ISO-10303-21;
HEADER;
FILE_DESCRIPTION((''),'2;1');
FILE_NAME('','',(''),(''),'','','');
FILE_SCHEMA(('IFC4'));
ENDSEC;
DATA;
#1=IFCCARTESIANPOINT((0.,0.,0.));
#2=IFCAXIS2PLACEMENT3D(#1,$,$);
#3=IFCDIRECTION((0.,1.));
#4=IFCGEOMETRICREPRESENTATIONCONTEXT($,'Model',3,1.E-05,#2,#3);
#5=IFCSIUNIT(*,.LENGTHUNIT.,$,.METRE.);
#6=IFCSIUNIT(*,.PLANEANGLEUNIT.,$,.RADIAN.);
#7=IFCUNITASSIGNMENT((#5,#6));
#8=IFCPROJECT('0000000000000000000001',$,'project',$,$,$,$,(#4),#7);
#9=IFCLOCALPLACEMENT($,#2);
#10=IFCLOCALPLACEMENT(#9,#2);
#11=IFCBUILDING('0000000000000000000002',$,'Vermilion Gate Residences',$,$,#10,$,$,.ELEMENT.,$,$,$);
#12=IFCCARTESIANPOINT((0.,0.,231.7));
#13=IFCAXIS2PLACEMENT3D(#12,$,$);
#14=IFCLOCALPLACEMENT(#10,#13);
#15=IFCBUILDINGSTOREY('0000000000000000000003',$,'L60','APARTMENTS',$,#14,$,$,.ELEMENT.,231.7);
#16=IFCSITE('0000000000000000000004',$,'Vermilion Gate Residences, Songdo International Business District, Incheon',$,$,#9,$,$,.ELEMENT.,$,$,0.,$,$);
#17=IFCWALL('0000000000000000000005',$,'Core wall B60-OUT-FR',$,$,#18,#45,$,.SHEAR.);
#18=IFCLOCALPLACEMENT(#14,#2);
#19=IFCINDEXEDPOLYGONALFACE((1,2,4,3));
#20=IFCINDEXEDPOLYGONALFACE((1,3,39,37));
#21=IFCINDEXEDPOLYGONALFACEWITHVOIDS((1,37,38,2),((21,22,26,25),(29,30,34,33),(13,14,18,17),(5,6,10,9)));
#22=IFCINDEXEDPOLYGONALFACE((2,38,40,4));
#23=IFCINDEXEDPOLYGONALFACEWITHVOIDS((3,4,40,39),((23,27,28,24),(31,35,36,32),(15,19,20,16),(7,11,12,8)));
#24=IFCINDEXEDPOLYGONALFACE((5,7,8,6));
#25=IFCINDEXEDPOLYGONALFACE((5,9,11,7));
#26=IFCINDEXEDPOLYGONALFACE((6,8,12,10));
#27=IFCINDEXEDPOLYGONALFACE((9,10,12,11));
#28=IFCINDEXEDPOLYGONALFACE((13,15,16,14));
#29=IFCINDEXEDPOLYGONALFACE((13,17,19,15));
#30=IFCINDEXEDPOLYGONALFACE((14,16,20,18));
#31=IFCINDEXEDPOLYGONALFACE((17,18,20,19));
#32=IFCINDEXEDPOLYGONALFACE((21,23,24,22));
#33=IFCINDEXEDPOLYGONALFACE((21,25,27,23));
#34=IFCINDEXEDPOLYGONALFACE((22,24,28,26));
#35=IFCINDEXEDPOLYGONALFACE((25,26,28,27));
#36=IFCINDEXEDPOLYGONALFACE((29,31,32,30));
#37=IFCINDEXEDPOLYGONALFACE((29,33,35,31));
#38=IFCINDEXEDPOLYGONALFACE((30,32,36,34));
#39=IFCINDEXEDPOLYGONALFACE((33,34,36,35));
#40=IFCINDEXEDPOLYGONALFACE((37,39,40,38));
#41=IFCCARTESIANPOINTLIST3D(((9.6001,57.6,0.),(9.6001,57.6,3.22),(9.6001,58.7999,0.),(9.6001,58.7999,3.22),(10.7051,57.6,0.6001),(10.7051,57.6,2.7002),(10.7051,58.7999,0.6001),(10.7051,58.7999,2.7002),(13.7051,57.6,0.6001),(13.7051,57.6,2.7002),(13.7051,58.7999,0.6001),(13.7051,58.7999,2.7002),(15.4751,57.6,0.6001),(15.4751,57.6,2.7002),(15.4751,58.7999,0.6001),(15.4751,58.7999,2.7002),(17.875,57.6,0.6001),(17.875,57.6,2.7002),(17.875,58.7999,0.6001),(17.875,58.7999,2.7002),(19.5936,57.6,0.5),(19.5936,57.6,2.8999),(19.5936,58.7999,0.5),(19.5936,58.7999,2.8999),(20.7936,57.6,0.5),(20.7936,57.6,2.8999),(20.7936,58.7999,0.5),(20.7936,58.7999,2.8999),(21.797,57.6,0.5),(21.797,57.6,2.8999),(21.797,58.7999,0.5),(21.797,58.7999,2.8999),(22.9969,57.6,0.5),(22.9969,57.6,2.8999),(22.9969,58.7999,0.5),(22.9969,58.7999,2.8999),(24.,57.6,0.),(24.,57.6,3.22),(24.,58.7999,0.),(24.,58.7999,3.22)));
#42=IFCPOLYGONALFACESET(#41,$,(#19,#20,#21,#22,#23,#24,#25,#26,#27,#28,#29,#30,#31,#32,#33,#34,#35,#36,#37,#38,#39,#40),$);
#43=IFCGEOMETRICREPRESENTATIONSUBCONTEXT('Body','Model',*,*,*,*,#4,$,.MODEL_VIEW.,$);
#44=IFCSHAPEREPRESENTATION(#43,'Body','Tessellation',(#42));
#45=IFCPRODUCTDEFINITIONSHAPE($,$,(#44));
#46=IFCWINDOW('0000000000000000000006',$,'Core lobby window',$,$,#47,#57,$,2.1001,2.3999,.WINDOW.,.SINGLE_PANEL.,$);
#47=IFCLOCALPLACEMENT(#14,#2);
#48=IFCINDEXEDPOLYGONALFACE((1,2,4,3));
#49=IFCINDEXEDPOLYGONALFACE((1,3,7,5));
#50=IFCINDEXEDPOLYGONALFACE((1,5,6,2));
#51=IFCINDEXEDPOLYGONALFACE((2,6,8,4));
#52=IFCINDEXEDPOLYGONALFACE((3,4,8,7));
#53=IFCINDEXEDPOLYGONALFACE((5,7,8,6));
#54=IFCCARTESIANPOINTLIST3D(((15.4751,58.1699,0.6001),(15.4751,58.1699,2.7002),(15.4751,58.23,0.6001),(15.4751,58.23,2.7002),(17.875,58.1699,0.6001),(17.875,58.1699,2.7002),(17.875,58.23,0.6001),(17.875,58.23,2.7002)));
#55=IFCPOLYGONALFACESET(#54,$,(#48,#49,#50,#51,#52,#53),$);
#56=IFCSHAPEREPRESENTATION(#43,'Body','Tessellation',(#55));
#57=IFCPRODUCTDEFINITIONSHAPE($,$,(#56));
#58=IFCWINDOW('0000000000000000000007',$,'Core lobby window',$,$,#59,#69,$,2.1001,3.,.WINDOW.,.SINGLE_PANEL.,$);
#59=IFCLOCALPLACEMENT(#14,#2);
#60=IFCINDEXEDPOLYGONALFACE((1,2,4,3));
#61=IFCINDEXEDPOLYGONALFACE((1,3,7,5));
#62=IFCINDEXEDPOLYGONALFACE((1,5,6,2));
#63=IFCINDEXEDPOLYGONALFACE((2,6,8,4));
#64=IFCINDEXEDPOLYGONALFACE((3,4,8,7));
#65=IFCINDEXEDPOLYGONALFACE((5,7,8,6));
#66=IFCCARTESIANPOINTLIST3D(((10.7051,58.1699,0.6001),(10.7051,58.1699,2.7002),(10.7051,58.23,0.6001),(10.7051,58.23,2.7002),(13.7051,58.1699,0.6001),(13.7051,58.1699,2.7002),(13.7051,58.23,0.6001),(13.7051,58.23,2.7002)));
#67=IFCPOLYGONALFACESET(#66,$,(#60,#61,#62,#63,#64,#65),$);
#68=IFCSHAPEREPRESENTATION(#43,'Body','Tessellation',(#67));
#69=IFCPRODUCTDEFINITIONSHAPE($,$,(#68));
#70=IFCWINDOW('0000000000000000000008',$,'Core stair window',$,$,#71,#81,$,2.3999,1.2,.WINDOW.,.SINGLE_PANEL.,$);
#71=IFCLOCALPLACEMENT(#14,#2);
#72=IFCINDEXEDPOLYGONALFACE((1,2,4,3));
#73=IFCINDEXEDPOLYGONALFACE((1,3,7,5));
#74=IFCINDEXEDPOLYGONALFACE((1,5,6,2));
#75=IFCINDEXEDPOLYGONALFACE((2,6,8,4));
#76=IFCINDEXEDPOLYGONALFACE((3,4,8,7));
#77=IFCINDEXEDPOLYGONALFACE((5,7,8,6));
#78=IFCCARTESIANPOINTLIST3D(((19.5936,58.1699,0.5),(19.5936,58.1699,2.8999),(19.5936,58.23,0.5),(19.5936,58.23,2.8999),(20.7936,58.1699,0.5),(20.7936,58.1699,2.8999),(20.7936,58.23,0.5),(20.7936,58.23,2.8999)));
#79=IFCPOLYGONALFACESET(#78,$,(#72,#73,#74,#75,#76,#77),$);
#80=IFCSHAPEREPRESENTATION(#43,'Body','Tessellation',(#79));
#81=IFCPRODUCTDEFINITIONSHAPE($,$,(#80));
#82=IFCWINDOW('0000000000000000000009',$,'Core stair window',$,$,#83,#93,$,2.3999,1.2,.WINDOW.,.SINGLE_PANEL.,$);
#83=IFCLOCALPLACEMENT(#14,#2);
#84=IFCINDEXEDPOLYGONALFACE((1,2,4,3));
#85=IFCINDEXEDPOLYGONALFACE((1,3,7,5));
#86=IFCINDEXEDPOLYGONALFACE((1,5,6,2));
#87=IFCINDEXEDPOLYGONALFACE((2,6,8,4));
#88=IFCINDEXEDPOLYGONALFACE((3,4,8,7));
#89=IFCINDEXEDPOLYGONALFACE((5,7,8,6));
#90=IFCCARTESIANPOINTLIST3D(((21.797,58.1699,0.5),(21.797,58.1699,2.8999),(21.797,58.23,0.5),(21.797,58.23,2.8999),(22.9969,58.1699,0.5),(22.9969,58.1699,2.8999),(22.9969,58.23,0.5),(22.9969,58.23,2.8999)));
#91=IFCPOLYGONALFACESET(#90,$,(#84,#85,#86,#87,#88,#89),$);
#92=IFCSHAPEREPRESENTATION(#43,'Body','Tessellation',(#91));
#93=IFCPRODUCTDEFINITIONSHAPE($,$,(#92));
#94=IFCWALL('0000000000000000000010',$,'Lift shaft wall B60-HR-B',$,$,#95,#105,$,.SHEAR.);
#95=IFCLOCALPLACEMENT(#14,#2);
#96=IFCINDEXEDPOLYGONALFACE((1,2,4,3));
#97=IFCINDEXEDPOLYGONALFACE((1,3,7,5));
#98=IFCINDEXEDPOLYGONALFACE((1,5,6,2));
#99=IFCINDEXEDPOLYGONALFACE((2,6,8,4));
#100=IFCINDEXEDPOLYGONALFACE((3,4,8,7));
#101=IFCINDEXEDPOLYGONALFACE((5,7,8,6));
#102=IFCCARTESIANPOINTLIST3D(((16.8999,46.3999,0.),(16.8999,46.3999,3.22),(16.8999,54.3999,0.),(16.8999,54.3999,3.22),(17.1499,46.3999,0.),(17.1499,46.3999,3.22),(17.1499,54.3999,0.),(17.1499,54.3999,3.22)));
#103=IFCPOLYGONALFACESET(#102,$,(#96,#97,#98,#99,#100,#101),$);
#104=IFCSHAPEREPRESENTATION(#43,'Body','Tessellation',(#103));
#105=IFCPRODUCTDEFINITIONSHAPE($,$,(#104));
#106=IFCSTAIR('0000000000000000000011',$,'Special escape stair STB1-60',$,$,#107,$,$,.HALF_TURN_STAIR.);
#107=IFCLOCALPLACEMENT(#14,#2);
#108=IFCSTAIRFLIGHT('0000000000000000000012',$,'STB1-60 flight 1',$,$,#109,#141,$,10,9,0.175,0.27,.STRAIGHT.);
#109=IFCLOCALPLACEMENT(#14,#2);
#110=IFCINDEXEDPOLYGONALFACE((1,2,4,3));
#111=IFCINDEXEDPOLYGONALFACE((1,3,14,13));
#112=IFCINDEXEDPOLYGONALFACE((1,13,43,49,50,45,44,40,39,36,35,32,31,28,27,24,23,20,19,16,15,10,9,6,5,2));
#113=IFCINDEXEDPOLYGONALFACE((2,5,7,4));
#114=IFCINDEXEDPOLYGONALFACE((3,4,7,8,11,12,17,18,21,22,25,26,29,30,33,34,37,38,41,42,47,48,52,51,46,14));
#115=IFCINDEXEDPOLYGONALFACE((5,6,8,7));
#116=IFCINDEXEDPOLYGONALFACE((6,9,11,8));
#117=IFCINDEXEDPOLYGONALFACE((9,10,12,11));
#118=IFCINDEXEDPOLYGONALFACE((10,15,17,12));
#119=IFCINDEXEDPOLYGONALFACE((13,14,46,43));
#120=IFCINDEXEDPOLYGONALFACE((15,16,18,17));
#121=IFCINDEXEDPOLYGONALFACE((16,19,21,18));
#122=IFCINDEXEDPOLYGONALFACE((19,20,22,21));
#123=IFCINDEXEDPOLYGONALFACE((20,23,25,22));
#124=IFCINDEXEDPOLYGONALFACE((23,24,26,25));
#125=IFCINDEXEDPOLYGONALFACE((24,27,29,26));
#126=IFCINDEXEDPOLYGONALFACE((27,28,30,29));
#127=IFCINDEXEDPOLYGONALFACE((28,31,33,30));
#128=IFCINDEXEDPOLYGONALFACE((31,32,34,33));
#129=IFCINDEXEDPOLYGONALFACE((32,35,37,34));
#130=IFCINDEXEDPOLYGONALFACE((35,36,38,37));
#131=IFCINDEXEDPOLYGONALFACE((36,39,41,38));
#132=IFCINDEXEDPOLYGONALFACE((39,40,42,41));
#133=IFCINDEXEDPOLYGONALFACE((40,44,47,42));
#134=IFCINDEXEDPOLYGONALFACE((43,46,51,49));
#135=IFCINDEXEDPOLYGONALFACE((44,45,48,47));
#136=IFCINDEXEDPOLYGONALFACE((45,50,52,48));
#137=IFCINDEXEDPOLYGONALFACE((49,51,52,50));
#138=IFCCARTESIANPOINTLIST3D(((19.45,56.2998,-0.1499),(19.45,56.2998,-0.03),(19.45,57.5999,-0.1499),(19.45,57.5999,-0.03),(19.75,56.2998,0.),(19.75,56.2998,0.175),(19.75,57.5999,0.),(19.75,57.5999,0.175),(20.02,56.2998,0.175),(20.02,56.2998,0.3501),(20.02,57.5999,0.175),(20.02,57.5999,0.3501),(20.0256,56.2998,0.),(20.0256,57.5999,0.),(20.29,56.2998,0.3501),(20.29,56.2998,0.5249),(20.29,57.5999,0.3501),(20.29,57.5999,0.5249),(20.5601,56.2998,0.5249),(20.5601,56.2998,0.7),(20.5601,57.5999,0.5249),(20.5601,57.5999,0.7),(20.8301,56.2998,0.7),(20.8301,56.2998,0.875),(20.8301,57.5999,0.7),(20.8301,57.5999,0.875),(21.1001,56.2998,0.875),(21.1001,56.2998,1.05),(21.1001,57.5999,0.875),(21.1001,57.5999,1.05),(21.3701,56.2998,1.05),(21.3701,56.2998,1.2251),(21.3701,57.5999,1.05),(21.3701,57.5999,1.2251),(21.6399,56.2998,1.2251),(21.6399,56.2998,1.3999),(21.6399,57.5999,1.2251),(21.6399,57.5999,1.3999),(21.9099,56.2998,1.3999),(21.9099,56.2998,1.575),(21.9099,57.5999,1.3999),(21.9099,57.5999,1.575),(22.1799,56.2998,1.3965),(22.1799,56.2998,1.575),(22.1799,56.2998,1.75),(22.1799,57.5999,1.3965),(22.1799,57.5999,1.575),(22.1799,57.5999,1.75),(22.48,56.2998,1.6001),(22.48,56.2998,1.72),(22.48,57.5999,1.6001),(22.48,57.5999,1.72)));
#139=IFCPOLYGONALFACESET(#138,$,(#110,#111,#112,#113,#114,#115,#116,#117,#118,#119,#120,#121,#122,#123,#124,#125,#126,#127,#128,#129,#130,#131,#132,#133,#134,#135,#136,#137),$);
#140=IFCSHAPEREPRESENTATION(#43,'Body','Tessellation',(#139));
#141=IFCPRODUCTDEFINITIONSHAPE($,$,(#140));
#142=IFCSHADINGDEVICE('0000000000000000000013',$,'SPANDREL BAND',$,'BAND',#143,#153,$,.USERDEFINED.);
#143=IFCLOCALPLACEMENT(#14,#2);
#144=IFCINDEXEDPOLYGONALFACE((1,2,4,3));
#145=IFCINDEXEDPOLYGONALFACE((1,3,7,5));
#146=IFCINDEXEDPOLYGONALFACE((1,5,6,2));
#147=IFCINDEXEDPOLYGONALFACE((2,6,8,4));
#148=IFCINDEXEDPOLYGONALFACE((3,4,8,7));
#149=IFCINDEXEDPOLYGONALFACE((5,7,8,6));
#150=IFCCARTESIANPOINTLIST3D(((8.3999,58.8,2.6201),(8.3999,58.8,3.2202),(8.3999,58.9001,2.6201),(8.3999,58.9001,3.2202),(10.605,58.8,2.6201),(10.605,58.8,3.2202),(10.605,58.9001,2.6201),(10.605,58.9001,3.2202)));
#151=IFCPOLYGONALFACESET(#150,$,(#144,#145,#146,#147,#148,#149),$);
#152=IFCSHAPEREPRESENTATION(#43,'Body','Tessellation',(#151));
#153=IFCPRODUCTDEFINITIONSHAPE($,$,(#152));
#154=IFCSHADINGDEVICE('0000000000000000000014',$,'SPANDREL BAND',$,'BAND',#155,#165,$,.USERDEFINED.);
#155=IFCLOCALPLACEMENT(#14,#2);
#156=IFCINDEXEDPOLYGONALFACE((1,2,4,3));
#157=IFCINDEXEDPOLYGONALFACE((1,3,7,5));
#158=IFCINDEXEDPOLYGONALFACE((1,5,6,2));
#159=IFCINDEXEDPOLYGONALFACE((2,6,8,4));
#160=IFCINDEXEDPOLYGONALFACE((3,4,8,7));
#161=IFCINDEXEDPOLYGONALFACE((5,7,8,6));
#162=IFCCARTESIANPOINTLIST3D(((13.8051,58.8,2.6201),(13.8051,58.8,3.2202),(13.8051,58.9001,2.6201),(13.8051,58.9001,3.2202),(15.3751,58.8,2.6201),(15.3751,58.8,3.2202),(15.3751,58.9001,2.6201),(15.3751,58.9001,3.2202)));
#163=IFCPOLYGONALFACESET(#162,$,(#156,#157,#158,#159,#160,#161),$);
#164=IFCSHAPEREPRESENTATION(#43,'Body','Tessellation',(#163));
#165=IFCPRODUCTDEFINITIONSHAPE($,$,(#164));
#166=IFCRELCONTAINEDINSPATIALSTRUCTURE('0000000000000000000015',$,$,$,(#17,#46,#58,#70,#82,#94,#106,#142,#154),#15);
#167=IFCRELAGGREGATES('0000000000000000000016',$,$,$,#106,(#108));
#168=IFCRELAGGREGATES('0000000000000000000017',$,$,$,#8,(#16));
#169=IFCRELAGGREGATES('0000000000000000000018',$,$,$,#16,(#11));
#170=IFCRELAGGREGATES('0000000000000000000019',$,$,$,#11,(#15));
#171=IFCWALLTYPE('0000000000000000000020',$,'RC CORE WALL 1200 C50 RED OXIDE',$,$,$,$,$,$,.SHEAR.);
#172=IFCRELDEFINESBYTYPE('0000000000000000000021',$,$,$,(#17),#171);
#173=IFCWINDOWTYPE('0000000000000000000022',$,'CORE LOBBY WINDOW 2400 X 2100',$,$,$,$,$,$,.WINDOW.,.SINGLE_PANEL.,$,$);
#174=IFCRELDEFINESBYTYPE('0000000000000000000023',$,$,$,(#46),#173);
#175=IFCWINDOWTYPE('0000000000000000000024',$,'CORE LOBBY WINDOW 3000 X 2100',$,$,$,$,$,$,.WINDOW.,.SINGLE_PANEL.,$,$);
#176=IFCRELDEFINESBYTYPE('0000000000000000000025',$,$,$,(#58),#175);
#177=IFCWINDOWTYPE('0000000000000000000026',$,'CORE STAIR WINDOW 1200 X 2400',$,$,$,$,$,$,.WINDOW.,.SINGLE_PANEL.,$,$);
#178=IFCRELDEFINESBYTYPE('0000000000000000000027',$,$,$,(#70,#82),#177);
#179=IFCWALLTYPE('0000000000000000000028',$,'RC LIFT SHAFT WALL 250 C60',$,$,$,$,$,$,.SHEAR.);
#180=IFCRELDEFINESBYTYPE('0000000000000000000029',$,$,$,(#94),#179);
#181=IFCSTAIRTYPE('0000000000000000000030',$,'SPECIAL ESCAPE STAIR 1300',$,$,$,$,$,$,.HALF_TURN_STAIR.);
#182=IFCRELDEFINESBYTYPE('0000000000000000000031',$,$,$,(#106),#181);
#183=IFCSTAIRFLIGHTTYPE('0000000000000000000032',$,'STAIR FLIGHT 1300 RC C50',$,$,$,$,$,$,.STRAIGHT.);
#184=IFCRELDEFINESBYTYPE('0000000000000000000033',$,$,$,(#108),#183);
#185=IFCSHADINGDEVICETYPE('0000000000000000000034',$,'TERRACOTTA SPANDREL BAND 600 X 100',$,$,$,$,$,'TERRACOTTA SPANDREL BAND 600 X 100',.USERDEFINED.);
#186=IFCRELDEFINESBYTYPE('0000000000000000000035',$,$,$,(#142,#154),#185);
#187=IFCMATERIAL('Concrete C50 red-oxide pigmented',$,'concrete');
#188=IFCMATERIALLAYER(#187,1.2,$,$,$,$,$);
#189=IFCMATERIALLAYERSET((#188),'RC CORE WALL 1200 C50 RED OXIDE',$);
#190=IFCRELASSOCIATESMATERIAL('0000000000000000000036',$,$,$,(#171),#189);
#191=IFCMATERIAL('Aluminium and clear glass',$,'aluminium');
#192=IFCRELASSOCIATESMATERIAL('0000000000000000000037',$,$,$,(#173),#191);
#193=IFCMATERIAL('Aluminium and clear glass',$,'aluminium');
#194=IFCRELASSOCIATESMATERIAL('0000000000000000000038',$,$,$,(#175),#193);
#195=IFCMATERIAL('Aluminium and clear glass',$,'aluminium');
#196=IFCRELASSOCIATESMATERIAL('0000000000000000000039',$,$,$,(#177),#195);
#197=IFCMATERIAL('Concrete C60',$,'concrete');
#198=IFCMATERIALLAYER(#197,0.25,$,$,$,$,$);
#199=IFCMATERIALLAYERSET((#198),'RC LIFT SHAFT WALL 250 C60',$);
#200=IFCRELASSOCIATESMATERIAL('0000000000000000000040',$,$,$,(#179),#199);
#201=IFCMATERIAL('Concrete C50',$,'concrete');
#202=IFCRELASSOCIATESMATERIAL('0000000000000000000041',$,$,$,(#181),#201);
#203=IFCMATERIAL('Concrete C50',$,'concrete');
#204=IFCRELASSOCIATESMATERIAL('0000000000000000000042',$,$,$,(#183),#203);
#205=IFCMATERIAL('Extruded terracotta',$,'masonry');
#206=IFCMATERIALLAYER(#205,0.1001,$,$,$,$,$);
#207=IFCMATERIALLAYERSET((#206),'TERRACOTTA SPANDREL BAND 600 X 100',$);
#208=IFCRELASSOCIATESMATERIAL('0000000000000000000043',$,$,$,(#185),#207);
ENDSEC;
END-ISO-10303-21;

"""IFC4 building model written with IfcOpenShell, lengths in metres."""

from ifc_helpers import new_model, si_unit, direction, frame, frame_2d, origin, origin_2d, place, context, subcontext, project, spatial, polyline, rectangle, outline, extrude, material, layer, layer_set, type_object, element, fill, aggregate, save


model = new_model("IFC4")

# Units and contexts
model_context = context("Model", 3, precision=1e-05, world=origin(), true_north=direction((0.0, 1.0)))
body_context = subcontext(model_context, "Body", "Model", "MODEL_VIEW")
ifc_project = project(units=[si_unit("LENGTHUNIT", "METRE"), si_unit("PLANEANGLEUNIT", "RADIAN")], contexts=[model_context])

# Site, building, storey
site_placement = place(None, origin())
site = spatial("IfcSite", under=ifc_project, at=site_placement, Name="Vermilion Gate Residences, Songdo International Business District, Incheon", CompositionType="ELEMENT", RefElevation=0.0)
building_placement = place(site_placement, origin())
building = spatial("IfcBuilding", under=site, at=building_placement, Name="Vermilion Gate Residences", CompositionType="ELEMENT")
storey_placement = place(building_placement, frame((0.0, 0.0, 231.7)))
storey = spatial("IfcBuildingStorey", under=building, at=storey_placement, Name="L60", Description="APARTMENTS", CompositionType="ELEMENT", Elevation=231.7)

# Wall, openings, windows
ifc_material_1 = material(Name="Concrete C50 red-oxide pigmented", Category="concrete")
ifc_layer_1 = layer(ifc_material_1, 1.2)
ifc_layer_set_1 = layer_set([ifc_layer_1], Name="RC CORE WALL 1200 C50 RED OXIDE")
wall_type_1 = type_object("IfcWallType", Name="RC CORE WALL 1200 C50 RED OXIDE", PredefinedType="SHEAR", material=ifc_layer_set_1)
ifc_material_2 = material(Name="Aluminium and clear glass", Category="aluminium")
window_type_1 = type_object("IfcWindowType", Name="CORE LOBBY WINDOW 2400 X 2100", PartitioningType="SINGLE_PANEL", PredefinedType="WINDOW", material=ifc_material_2)
wall_1_placement = place(storey_placement, frame((9.6001, 58.2, 0.0), z_axis=(0.0, 0.0, 1.0), x_axis=(1.0, 0.0, 0.0)))
wall_1 = element("IfcWall", 1, at=wall_1_placement, inside=storey, type_object=wall_type_1, Name="Core wall B60-OUT-FR", PredefinedType="SHEAR", context=body_context, shape_type="SweptSolid", body=[
    extrude(rectangle(XDim=14.3999, YDim=1.2, at=frame_2d((7.2, 0.0))), origin(), (0.0, 0.0, 1.0), 3.22),
])
opening_1_placement = place(wall_1_placement, frame((1.105, 0.0, 0.6001)))
opening_1 = element("IfcOpeningElement", 2, at=opening_1_placement, cuts=wall_1, PredefinedType="OPENING", context=body_context, shape_type="SweptSolid", body=[
    extrude(rectangle(XDim=3.0, YDim=2.1001, at=frame_2d((1.5, 1.05))), frame((0.0, 0.6099, 0.0), z_axis=(0.0, -1.0, 0.0), x_axis=(1.0, 0.0, 0.0)), (0.0, 0.0, 1.0), 1.22),
])
opening_2_placement = place(wall_1_placement, frame((5.875, 0.0, 0.6001)))
opening_2 = element("IfcOpeningElement", 3, at=opening_2_placement, cuts=wall_1, PredefinedType="OPENING", context=body_context, shape_type="SweptSolid", body=[
    extrude(rectangle(XDim=2.3999, YDim=2.1001, at=frame_2d((1.2, 1.05))), frame((0.0, 0.6099, 0.0), z_axis=(0.0, -1.0, 0.0), x_axis=(1.0, 0.0, 0.0)), (0.0, 0.0, 1.0), 1.22),
])
opening_3_placement = place(wall_1_placement, frame((9.9934, 0.0, 0.5)))
opening_3 = element("IfcOpeningElement", 4, at=opening_3_placement, cuts=wall_1, PredefinedType="OPENING", context=body_context, shape_type="SweptSolid", body=[
    extrude(rectangle(XDim=1.2, YDim=2.3999, at=frame_2d((0.6001, 1.2))), frame((0.0, 0.6099, 0.0), z_axis=(0.0, -1.0, 0.0), x_axis=(1.0, 0.0, 0.0)), (0.0, 0.0, 1.0), 1.22),
])
opening_4_placement = place(wall_1_placement, frame((12.1968, 0.0, 0.5)))
opening_4 = element("IfcOpeningElement", 5, at=opening_4_placement, cuts=wall_1, PredefinedType="OPENING", context=body_context, shape_type="SweptSolid", body=[
    extrude(rectangle(XDim=1.2, YDim=2.3999, at=frame_2d((0.6001, 1.2))), frame((0.0, 0.6099, 0.0), z_axis=(0.0, -1.0, 0.0), x_axis=(1.0, 0.0, 0.0)), (0.0, 0.0, 1.0), 1.22),
])
window_1_placement = place(opening_2_placement, origin())
window_1 = element("IfcWindow", 6, at=window_1_placement, inside=storey, type_object=window_type_1, Name="Core lobby window", OverallHeight=2.1001, OverallWidth=2.3999, PartitioningType="SINGLE_PANEL", PredefinedType="WINDOW", context=body_context, shape_type="SweptSolid", body=[
    extrude(rectangle(XDim=2.3999, YDim=2.1001, at=frame_2d((1.2, 1.05))), frame((0.0, 0.03, 0.0), z_axis=(0.0, -1.0, 0.0), x_axis=(1.0, 0.0, 0.0)), (0.0, 0.0, 1.0), 0.0601),
])
fill(opening_2, window_1)
ifc_material_3 = material(Name="Aluminium and clear glass", Category="aluminium")
window_type_2 = type_object("IfcWindowType", Name="CORE LOBBY WINDOW 3000 X 2100", PartitioningType="SINGLE_PANEL", PredefinedType="WINDOW", material=ifc_material_3)
window_2_placement = place(opening_1_placement, origin())
window_2 = element("IfcWindow", 7, at=window_2_placement, inside=storey, type_object=window_type_2, Name="Core lobby window", OverallHeight=2.1001, OverallWidth=3.0, PartitioningType="SINGLE_PANEL", PredefinedType="WINDOW", context=body_context, shape_type="SweptSolid", body=[
    extrude(rectangle(XDim=3.0, YDim=2.1001, at=frame_2d((1.5, 1.05))), frame((0.0, 0.03, 0.0), z_axis=(0.0, -1.0, 0.0), x_axis=(1.0, 0.0, 0.0)), (0.0, 0.0, 1.0), 0.0601),
])
fill(opening_1, window_2)
ifc_material_4 = material(Name="Aluminium and clear glass", Category="aluminium")
window_type_3 = type_object("IfcWindowType", Name="CORE STAIR WINDOW 1200 X 2400", PartitioningType="SINGLE_PANEL", PredefinedType="WINDOW", material=ifc_material_4)
window_3_placement = place(opening_3_placement, origin())
window_3 = element("IfcWindow", 8, at=window_3_placement, inside=storey, type_object=window_type_3, Name="Core stair window", OverallHeight=2.3999, OverallWidth=1.2, PartitioningType="SINGLE_PANEL", PredefinedType="WINDOW", context=body_context, shape_type="SweptSolid", body=[
    extrude(rectangle(XDim=1.2, YDim=2.3999, at=frame_2d((0.6001, 1.2))), frame((0.0, 0.03, 0.0), z_axis=(0.0, -1.0, 0.0), x_axis=(1.0, 0.0, 0.0)), (0.0, 0.0, 1.0), 0.0601),
])
fill(opening_3, window_3)
window_4_placement = place(opening_4_placement, origin())
window_4 = element("IfcWindow", 9, at=window_4_placement, inside=storey, type_object=window_type_3, Name="Core stair window", OverallHeight=2.3999, OverallWidth=1.2, PartitioningType="SINGLE_PANEL", PredefinedType="WINDOW", context=body_context, shape_type="SweptSolid", body=[
    extrude(rectangle(XDim=1.2, YDim=2.3999, at=frame_2d((0.6001, 1.2))), frame((0.0, 0.03, 0.0), z_axis=(0.0, -1.0, 0.0), x_axis=(1.0, 0.0, 0.0)), (0.0, 0.0, 1.0), 0.0601),
])
fill(opening_4, window_4)

# Wall
ifc_material_5 = material(Name="Concrete C60", Category="concrete")
ifc_layer_2 = layer(ifc_material_5, 0.25)
ifc_layer_set_2 = layer_set([ifc_layer_2], Name="RC LIFT SHAFT WALL 250 C60")
wall_type_2 = type_object("IfcWallType", Name="RC LIFT SHAFT WALL 250 C60", PredefinedType="SHEAR", material=ifc_layer_set_2)
wall_2_placement = place(storey_placement, frame((17.0249, 54.3999, 0.0), z_axis=(0.0, 0.0, 1.0), x_axis=(0.0, -1.0, 0.0)))
element("IfcWall", 10, at=wall_2_placement, inside=storey, type_object=wall_type_2, Name="Lift shaft wall B60-HR-B", PredefinedType="SHEAR", context=body_context, shape_type="SweptSolid", body=[
    extrude(rectangle(XDim=8.0, YDim=0.25, at=frame_2d((4.0, 0.0))), origin(), (0.0, 0.0, 1.0), 3.22),
])

# Stair, stair flight
ifc_material_6 = material(Name="Concrete C50", Category="concrete")
stair_type = type_object("IfcStairType", Name="SPECIAL ESCAPE STAIR 1300", PredefinedType="HALF_TURN_STAIR", material=ifc_material_6)
stair_placement = place(storey_placement, origin())
stair = element("IfcStair", 11, at=stair_placement, inside=storey, type_object=stair_type, Name="Special escape stair STB1-60", PredefinedType="HALF_TURN_STAIR")
ifc_material_7 = material(Name="Concrete C50", Category="concrete")
stair_flight_type = type_object("IfcStairFlightType", Name="STAIR FLIGHT 1300 RC C50", PredefinedType="STRAIGHT", material=ifc_material_7)
stair_flight_placement = place(storey_placement, frame((19.75, 56.95, 0.0), z_axis=(0.0, 0.0, 1.0), x_axis=(1.0, 0.0, 0.0)))
stair_flight = element("IfcStairFlight", 12, at=stair_flight_placement, type_object=stair_flight_type, Name="STB1-60 flight 1", NumberOfRisers=10, NumberOfTreads=9, PredefinedType="STRAIGHT", RiserHeight=0.175, TreadLength=0.27, context=body_context, shape_type="SweptSolid", body=[
    extrude(outline(polyline([(-0.3, -0.1499), (-0.3, -0.03), (0.0, 0.0), (0.0, 0.175), (0.27, 0.175), (0.27, 0.3501), (0.54, 0.3501), (0.54, 0.5249), (0.8101, 0.5249), (0.8101, 0.7), (1.0801, 0.7), (1.0801, 0.875), (1.3501, 0.875), (1.3501, 1.05), (1.6201, 1.05), (1.6201, 1.2251), (1.8899, 1.2251), (1.8899, 1.3999), (2.1599, 1.3999), (2.1599, 1.575), (2.4299, 1.575), (2.4299, 1.75), (2.73, 1.72), (2.73, 1.6001), (2.4299, 1.3965), (0.2756, 0.0), (-0.3, -0.1499)])), frame((0.0, 0.6499, 0.0), z_axis=(0.0, -1.0, 0.0), x_axis=(1.0, 0.0, 0.0)), (0.0, 0.0, 1.0), 1.3),
])
aggregate(stair, [stair_flight])

# Shading devices
ifc_material_8 = material(Name="Extruded terracotta", Category="masonry")
ifc_layer_3 = layer(ifc_material_8, 0.1001)
ifc_layer_set_3 = layer_set([ifc_layer_3], Name="TERRACOTTA SPANDREL BAND 600 X 100")
shading_device_type = type_object("IfcShadingDeviceType", Name="TERRACOTTA SPANDREL BAND 600 X 100", ElementType="TERRACOTTA SPANDREL BAND 600 X 100", PredefinedType="USERDEFINED", material=ifc_layer_set_3)
shading_device_1_placement = place(storey_placement, frame((9.5024, 58.8501, 2.6201), z_axis=(0.0, 0.0, 1.0), x_axis=(1.0, 0.0, 0.0)))
element("IfcShadingDevice", 13, at=shading_device_1_placement, inside=storey, type_object=shading_device_type, Name="SPANDREL BAND", ObjectType="BAND", PredefinedType="USERDEFINED", context=body_context, shape_type="SweptSolid", body=[
    extrude(rectangle(XDim=2.2051, YDim=0.1001, at=origin_2d()), origin(), (0.0, 0.0, 1.0), 0.6001),
])
shading_device_2_placement = place(storey_placement, frame((14.5901, 58.8501, 2.6201), z_axis=(0.0, 0.0, 1.0), x_axis=(1.0, 0.0, 0.0)))
element("IfcShadingDevice", 14, at=shading_device_2_placement, inside=storey, type_object=shading_device_type, Name="SPANDREL BAND", ObjectType="BAND", PredefinedType="USERDEFINED", context=body_context, shape_type="SweptSolid", body=[
    extrude(rectangle(XDim=1.5701, YDim=0.1001, at=origin_2d()), origin(), (0.0, 0.0, 1.0), 0.6001),
])

save(model, "model.ifc")
